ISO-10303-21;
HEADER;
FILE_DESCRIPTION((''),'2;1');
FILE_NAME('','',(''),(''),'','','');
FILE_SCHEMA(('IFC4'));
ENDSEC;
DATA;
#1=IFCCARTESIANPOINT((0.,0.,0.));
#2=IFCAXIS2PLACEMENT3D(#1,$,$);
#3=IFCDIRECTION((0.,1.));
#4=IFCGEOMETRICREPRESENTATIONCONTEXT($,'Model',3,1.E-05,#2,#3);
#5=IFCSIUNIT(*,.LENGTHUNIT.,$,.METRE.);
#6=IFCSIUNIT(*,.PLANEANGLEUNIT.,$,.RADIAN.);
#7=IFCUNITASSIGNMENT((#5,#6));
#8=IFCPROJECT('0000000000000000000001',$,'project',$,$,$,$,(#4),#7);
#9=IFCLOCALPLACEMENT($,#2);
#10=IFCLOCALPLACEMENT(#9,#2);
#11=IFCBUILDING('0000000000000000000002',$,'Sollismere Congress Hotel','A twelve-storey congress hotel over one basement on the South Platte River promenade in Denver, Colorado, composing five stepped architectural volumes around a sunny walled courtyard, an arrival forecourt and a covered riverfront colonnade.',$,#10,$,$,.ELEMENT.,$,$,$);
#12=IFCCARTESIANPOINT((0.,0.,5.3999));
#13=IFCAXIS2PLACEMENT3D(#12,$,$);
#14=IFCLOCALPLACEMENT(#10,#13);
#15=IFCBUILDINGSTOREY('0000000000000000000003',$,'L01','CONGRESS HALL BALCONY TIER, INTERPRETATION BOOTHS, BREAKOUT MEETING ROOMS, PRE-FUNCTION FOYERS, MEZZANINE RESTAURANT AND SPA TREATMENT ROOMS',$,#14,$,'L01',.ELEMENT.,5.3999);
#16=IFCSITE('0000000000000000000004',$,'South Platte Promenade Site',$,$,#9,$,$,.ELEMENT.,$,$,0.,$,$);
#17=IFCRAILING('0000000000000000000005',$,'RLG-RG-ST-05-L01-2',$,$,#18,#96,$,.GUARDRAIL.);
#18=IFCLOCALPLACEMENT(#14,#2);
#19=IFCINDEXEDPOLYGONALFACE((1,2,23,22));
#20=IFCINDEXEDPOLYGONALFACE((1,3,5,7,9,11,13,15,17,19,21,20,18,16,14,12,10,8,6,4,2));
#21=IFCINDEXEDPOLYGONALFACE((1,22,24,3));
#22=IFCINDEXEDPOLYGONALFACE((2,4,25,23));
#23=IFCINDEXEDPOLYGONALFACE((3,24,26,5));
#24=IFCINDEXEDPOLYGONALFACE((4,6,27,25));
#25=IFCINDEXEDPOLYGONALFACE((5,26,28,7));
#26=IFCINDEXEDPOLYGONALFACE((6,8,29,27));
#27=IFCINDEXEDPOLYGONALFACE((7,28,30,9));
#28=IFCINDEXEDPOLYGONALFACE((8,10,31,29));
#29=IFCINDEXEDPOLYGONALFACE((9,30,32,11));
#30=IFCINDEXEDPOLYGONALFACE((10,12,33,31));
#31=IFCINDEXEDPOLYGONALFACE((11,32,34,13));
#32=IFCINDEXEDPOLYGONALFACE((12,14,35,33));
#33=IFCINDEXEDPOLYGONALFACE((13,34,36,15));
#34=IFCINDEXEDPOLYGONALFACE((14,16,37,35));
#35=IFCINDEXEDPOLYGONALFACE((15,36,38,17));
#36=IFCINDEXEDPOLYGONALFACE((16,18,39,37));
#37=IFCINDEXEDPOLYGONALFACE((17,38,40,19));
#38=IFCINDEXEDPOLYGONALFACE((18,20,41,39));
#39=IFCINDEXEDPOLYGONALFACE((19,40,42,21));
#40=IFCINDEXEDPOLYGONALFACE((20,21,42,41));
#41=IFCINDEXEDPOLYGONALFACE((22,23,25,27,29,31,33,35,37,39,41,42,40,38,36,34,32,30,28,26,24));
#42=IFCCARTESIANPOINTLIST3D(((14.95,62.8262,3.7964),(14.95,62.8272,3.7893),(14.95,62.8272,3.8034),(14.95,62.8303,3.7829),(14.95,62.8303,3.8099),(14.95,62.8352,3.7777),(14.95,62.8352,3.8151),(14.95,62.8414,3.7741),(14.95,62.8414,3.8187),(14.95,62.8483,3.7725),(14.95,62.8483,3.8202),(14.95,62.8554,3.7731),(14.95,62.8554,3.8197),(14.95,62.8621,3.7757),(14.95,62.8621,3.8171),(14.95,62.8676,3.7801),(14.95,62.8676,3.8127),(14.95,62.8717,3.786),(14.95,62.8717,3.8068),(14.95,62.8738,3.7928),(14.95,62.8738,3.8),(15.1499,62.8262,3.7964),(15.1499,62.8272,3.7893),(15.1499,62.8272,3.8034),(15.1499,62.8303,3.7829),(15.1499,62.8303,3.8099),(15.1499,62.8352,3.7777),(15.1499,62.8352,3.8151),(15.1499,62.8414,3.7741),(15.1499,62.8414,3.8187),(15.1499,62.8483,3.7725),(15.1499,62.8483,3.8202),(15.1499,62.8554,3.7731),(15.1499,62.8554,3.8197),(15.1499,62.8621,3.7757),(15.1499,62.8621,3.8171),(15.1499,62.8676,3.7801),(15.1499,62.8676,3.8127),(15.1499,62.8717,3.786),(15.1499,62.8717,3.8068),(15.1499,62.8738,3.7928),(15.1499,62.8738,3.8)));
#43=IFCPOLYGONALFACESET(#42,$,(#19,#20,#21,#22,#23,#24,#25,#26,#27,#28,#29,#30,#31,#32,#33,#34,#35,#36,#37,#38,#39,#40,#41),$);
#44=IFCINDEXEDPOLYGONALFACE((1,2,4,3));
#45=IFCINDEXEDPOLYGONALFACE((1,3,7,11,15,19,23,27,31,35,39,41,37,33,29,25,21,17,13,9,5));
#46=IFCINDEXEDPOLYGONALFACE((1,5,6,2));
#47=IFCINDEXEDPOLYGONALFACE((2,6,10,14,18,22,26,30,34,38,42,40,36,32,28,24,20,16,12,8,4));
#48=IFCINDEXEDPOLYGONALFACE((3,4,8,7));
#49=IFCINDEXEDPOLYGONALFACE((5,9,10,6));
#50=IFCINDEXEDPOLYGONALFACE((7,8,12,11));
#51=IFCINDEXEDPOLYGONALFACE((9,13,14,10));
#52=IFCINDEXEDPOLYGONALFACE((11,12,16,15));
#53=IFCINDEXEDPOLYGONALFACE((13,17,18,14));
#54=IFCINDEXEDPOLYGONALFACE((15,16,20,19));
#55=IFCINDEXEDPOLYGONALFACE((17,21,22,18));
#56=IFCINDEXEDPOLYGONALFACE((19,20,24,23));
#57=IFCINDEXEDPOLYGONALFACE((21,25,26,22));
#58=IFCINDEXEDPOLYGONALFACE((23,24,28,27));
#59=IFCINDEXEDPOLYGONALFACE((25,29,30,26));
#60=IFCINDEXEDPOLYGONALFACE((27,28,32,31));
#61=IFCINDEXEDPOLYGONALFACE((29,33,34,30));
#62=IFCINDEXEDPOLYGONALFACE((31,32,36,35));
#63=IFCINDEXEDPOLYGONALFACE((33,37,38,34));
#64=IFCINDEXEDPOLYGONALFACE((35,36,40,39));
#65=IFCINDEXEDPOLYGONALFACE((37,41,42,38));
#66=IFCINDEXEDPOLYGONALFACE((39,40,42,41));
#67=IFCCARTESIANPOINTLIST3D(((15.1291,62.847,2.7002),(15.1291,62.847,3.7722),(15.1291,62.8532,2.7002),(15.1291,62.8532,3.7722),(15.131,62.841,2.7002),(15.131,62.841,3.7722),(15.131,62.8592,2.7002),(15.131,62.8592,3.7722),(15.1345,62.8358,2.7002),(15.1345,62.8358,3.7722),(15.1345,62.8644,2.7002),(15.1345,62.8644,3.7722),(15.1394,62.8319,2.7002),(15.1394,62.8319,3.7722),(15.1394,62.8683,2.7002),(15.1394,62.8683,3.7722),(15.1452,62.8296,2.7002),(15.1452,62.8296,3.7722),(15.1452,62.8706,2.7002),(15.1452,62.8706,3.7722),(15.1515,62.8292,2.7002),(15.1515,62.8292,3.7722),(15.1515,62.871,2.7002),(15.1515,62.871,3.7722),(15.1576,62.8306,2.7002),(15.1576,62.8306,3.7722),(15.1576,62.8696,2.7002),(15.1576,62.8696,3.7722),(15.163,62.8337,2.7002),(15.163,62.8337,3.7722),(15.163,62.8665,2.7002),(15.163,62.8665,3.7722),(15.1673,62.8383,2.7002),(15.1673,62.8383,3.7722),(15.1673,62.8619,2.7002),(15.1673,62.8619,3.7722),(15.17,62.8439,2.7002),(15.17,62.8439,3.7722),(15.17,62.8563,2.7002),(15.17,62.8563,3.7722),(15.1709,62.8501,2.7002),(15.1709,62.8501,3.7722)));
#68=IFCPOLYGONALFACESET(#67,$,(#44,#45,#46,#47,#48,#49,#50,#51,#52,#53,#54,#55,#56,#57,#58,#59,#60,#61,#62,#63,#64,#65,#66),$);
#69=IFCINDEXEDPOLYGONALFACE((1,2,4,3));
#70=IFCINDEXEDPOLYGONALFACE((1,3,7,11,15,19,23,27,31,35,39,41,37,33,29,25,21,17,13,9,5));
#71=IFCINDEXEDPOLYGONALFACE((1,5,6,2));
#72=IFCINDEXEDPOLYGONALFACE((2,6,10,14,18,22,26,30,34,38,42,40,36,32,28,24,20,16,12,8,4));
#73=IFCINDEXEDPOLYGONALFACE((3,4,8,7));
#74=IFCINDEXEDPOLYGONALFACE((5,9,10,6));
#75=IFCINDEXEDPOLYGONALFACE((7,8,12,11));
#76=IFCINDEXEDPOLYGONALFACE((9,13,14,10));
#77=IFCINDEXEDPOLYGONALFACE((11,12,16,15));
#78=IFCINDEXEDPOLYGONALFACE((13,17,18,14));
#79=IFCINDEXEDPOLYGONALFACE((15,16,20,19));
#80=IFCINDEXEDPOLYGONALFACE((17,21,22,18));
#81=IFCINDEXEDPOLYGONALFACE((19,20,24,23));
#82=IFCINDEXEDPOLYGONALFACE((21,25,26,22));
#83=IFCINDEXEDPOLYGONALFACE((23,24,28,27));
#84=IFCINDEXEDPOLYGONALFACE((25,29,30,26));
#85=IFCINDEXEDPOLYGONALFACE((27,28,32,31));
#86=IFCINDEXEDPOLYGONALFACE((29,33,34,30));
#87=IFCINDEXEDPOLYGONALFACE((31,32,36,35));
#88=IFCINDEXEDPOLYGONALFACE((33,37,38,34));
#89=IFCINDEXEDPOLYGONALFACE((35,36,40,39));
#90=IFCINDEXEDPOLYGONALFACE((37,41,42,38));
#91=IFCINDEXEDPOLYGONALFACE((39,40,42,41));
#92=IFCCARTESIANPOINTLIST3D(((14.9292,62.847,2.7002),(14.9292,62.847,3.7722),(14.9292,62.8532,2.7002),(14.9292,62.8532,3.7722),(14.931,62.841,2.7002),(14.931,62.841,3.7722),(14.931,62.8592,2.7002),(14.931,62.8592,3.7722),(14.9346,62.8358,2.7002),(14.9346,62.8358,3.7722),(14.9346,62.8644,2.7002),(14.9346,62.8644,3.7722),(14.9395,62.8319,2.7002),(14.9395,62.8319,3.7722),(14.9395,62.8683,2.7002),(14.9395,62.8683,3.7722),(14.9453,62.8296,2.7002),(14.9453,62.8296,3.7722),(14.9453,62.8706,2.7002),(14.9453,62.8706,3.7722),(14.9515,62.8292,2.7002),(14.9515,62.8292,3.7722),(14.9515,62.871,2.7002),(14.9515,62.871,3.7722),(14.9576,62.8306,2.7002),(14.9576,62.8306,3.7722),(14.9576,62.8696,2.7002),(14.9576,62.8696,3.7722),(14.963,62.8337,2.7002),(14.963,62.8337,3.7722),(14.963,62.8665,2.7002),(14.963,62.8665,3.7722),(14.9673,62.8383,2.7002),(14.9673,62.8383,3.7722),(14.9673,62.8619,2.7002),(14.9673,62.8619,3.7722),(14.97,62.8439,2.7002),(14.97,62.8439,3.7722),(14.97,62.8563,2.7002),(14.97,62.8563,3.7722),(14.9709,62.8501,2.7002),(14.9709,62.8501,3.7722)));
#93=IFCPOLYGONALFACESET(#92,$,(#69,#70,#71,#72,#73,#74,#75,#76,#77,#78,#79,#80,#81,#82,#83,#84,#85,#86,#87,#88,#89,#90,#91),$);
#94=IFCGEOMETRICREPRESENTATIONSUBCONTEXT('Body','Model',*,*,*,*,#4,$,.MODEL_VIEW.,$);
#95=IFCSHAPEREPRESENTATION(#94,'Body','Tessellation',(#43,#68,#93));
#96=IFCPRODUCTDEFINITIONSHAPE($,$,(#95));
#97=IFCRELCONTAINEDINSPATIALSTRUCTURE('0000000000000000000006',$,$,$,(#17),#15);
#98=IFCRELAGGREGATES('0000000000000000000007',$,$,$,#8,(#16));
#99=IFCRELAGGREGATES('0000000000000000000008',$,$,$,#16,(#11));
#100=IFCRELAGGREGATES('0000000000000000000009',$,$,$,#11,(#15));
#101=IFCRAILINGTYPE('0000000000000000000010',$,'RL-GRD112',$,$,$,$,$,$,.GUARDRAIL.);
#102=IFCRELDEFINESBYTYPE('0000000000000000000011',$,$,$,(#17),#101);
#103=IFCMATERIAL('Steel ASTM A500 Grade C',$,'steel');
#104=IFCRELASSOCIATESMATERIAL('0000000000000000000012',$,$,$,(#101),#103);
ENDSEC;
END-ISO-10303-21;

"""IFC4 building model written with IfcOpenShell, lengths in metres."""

from ifc_helpers import new_model, si_unit, direction, frame, origin, origin_2d, place, context, subcontext, project, spatial, circle, extrude, material, type_object, element, save


model = new_model("IFC4")

# Units and contexts
model_context = context("Model", 3, precision=1e-05, world=origin(), true_north=direction((0.0, 1.0)))
body_context = subcontext(model_context, "Body", "Model", "MODEL_VIEW")
ifc_project = project(units=[si_unit("LENGTHUNIT", "METRE"), si_unit("PLANEANGLEUNIT", "RADIAN")], contexts=[model_context])

# Site, building, storey
site_placement = place(None, origin())
site = spatial("IfcSite", under=ifc_project, at=site_placement, Name="South Platte Promenade Site", CompositionType="ELEMENT", RefElevation=0.0)
building_placement = place(site_placement, origin())
building = spatial("IfcBuilding", under=site, at=building_placement, Name="Sollismere Congress Hotel", Description="A twelve-storey congress hotel over one basement on the South Platte River promenade in Denver, Colorado, composing five stepped architectural volumes around a sunny walled courtyard, an arrival forecourt and a covered riverfront colonnade.", CompositionType="ELEMENT")
storey_placement = place(building_placement, frame((0.0, 0.0, 5.3999)))
storey = spatial("IfcBuildingStorey", under=building, at=storey_placement, Name="L01", Description="CONGRESS HALL BALCONY TIER, INTERPRETATION BOOTHS, BREAKOUT MEETING ROOMS, PRE-FUNCTION FOYERS, MEZZANINE RESTAURANT AND SPA TREATMENT ROOMS", LongName="L01", CompositionType="ELEMENT", Elevation=5.3999)

# Railing
ifc_material_1 = material(Name="Steel ASTM A500 Grade C", Category="steel")
railing_type_1 = type_object("IfcRailingType", Name="RL-GRD112", PredefinedType="GUARDRAIL", material=ifc_material_1)
railing_1_placement = place(storey_placement, frame((15.1499, 62.8501, 2.7002)))
element("IfcRailing", 1, at=railing_1_placement, inside=storey, type_object=railing_type_1, Name="RLG-RG-ST-05-L01-2", PredefinedType="GUARDRAIL", context=body_context, shape_type="SweptSolid", body=[
    extrude(circle(Radius=0.0239, at=origin_2d()), frame((0.0, 0.0, 1.0962), z_axis=(-1.0, 0.0, 0.0), x_axis=(0.0, -1.0, 0.0)), (0.0, 0.0, 1.0), 0.2),
    extrude(circle(Radius=0.021, at=origin_2d()), origin(), (0.0, 0.0, 1.0), 1.072),
    extrude(circle(Radius=0.021, at=origin_2d()), frame((-0.2, 0.0, 0.0)), (0.0, 0.0, 1.0), 1.072),
])

save(model, "model.ifc")
